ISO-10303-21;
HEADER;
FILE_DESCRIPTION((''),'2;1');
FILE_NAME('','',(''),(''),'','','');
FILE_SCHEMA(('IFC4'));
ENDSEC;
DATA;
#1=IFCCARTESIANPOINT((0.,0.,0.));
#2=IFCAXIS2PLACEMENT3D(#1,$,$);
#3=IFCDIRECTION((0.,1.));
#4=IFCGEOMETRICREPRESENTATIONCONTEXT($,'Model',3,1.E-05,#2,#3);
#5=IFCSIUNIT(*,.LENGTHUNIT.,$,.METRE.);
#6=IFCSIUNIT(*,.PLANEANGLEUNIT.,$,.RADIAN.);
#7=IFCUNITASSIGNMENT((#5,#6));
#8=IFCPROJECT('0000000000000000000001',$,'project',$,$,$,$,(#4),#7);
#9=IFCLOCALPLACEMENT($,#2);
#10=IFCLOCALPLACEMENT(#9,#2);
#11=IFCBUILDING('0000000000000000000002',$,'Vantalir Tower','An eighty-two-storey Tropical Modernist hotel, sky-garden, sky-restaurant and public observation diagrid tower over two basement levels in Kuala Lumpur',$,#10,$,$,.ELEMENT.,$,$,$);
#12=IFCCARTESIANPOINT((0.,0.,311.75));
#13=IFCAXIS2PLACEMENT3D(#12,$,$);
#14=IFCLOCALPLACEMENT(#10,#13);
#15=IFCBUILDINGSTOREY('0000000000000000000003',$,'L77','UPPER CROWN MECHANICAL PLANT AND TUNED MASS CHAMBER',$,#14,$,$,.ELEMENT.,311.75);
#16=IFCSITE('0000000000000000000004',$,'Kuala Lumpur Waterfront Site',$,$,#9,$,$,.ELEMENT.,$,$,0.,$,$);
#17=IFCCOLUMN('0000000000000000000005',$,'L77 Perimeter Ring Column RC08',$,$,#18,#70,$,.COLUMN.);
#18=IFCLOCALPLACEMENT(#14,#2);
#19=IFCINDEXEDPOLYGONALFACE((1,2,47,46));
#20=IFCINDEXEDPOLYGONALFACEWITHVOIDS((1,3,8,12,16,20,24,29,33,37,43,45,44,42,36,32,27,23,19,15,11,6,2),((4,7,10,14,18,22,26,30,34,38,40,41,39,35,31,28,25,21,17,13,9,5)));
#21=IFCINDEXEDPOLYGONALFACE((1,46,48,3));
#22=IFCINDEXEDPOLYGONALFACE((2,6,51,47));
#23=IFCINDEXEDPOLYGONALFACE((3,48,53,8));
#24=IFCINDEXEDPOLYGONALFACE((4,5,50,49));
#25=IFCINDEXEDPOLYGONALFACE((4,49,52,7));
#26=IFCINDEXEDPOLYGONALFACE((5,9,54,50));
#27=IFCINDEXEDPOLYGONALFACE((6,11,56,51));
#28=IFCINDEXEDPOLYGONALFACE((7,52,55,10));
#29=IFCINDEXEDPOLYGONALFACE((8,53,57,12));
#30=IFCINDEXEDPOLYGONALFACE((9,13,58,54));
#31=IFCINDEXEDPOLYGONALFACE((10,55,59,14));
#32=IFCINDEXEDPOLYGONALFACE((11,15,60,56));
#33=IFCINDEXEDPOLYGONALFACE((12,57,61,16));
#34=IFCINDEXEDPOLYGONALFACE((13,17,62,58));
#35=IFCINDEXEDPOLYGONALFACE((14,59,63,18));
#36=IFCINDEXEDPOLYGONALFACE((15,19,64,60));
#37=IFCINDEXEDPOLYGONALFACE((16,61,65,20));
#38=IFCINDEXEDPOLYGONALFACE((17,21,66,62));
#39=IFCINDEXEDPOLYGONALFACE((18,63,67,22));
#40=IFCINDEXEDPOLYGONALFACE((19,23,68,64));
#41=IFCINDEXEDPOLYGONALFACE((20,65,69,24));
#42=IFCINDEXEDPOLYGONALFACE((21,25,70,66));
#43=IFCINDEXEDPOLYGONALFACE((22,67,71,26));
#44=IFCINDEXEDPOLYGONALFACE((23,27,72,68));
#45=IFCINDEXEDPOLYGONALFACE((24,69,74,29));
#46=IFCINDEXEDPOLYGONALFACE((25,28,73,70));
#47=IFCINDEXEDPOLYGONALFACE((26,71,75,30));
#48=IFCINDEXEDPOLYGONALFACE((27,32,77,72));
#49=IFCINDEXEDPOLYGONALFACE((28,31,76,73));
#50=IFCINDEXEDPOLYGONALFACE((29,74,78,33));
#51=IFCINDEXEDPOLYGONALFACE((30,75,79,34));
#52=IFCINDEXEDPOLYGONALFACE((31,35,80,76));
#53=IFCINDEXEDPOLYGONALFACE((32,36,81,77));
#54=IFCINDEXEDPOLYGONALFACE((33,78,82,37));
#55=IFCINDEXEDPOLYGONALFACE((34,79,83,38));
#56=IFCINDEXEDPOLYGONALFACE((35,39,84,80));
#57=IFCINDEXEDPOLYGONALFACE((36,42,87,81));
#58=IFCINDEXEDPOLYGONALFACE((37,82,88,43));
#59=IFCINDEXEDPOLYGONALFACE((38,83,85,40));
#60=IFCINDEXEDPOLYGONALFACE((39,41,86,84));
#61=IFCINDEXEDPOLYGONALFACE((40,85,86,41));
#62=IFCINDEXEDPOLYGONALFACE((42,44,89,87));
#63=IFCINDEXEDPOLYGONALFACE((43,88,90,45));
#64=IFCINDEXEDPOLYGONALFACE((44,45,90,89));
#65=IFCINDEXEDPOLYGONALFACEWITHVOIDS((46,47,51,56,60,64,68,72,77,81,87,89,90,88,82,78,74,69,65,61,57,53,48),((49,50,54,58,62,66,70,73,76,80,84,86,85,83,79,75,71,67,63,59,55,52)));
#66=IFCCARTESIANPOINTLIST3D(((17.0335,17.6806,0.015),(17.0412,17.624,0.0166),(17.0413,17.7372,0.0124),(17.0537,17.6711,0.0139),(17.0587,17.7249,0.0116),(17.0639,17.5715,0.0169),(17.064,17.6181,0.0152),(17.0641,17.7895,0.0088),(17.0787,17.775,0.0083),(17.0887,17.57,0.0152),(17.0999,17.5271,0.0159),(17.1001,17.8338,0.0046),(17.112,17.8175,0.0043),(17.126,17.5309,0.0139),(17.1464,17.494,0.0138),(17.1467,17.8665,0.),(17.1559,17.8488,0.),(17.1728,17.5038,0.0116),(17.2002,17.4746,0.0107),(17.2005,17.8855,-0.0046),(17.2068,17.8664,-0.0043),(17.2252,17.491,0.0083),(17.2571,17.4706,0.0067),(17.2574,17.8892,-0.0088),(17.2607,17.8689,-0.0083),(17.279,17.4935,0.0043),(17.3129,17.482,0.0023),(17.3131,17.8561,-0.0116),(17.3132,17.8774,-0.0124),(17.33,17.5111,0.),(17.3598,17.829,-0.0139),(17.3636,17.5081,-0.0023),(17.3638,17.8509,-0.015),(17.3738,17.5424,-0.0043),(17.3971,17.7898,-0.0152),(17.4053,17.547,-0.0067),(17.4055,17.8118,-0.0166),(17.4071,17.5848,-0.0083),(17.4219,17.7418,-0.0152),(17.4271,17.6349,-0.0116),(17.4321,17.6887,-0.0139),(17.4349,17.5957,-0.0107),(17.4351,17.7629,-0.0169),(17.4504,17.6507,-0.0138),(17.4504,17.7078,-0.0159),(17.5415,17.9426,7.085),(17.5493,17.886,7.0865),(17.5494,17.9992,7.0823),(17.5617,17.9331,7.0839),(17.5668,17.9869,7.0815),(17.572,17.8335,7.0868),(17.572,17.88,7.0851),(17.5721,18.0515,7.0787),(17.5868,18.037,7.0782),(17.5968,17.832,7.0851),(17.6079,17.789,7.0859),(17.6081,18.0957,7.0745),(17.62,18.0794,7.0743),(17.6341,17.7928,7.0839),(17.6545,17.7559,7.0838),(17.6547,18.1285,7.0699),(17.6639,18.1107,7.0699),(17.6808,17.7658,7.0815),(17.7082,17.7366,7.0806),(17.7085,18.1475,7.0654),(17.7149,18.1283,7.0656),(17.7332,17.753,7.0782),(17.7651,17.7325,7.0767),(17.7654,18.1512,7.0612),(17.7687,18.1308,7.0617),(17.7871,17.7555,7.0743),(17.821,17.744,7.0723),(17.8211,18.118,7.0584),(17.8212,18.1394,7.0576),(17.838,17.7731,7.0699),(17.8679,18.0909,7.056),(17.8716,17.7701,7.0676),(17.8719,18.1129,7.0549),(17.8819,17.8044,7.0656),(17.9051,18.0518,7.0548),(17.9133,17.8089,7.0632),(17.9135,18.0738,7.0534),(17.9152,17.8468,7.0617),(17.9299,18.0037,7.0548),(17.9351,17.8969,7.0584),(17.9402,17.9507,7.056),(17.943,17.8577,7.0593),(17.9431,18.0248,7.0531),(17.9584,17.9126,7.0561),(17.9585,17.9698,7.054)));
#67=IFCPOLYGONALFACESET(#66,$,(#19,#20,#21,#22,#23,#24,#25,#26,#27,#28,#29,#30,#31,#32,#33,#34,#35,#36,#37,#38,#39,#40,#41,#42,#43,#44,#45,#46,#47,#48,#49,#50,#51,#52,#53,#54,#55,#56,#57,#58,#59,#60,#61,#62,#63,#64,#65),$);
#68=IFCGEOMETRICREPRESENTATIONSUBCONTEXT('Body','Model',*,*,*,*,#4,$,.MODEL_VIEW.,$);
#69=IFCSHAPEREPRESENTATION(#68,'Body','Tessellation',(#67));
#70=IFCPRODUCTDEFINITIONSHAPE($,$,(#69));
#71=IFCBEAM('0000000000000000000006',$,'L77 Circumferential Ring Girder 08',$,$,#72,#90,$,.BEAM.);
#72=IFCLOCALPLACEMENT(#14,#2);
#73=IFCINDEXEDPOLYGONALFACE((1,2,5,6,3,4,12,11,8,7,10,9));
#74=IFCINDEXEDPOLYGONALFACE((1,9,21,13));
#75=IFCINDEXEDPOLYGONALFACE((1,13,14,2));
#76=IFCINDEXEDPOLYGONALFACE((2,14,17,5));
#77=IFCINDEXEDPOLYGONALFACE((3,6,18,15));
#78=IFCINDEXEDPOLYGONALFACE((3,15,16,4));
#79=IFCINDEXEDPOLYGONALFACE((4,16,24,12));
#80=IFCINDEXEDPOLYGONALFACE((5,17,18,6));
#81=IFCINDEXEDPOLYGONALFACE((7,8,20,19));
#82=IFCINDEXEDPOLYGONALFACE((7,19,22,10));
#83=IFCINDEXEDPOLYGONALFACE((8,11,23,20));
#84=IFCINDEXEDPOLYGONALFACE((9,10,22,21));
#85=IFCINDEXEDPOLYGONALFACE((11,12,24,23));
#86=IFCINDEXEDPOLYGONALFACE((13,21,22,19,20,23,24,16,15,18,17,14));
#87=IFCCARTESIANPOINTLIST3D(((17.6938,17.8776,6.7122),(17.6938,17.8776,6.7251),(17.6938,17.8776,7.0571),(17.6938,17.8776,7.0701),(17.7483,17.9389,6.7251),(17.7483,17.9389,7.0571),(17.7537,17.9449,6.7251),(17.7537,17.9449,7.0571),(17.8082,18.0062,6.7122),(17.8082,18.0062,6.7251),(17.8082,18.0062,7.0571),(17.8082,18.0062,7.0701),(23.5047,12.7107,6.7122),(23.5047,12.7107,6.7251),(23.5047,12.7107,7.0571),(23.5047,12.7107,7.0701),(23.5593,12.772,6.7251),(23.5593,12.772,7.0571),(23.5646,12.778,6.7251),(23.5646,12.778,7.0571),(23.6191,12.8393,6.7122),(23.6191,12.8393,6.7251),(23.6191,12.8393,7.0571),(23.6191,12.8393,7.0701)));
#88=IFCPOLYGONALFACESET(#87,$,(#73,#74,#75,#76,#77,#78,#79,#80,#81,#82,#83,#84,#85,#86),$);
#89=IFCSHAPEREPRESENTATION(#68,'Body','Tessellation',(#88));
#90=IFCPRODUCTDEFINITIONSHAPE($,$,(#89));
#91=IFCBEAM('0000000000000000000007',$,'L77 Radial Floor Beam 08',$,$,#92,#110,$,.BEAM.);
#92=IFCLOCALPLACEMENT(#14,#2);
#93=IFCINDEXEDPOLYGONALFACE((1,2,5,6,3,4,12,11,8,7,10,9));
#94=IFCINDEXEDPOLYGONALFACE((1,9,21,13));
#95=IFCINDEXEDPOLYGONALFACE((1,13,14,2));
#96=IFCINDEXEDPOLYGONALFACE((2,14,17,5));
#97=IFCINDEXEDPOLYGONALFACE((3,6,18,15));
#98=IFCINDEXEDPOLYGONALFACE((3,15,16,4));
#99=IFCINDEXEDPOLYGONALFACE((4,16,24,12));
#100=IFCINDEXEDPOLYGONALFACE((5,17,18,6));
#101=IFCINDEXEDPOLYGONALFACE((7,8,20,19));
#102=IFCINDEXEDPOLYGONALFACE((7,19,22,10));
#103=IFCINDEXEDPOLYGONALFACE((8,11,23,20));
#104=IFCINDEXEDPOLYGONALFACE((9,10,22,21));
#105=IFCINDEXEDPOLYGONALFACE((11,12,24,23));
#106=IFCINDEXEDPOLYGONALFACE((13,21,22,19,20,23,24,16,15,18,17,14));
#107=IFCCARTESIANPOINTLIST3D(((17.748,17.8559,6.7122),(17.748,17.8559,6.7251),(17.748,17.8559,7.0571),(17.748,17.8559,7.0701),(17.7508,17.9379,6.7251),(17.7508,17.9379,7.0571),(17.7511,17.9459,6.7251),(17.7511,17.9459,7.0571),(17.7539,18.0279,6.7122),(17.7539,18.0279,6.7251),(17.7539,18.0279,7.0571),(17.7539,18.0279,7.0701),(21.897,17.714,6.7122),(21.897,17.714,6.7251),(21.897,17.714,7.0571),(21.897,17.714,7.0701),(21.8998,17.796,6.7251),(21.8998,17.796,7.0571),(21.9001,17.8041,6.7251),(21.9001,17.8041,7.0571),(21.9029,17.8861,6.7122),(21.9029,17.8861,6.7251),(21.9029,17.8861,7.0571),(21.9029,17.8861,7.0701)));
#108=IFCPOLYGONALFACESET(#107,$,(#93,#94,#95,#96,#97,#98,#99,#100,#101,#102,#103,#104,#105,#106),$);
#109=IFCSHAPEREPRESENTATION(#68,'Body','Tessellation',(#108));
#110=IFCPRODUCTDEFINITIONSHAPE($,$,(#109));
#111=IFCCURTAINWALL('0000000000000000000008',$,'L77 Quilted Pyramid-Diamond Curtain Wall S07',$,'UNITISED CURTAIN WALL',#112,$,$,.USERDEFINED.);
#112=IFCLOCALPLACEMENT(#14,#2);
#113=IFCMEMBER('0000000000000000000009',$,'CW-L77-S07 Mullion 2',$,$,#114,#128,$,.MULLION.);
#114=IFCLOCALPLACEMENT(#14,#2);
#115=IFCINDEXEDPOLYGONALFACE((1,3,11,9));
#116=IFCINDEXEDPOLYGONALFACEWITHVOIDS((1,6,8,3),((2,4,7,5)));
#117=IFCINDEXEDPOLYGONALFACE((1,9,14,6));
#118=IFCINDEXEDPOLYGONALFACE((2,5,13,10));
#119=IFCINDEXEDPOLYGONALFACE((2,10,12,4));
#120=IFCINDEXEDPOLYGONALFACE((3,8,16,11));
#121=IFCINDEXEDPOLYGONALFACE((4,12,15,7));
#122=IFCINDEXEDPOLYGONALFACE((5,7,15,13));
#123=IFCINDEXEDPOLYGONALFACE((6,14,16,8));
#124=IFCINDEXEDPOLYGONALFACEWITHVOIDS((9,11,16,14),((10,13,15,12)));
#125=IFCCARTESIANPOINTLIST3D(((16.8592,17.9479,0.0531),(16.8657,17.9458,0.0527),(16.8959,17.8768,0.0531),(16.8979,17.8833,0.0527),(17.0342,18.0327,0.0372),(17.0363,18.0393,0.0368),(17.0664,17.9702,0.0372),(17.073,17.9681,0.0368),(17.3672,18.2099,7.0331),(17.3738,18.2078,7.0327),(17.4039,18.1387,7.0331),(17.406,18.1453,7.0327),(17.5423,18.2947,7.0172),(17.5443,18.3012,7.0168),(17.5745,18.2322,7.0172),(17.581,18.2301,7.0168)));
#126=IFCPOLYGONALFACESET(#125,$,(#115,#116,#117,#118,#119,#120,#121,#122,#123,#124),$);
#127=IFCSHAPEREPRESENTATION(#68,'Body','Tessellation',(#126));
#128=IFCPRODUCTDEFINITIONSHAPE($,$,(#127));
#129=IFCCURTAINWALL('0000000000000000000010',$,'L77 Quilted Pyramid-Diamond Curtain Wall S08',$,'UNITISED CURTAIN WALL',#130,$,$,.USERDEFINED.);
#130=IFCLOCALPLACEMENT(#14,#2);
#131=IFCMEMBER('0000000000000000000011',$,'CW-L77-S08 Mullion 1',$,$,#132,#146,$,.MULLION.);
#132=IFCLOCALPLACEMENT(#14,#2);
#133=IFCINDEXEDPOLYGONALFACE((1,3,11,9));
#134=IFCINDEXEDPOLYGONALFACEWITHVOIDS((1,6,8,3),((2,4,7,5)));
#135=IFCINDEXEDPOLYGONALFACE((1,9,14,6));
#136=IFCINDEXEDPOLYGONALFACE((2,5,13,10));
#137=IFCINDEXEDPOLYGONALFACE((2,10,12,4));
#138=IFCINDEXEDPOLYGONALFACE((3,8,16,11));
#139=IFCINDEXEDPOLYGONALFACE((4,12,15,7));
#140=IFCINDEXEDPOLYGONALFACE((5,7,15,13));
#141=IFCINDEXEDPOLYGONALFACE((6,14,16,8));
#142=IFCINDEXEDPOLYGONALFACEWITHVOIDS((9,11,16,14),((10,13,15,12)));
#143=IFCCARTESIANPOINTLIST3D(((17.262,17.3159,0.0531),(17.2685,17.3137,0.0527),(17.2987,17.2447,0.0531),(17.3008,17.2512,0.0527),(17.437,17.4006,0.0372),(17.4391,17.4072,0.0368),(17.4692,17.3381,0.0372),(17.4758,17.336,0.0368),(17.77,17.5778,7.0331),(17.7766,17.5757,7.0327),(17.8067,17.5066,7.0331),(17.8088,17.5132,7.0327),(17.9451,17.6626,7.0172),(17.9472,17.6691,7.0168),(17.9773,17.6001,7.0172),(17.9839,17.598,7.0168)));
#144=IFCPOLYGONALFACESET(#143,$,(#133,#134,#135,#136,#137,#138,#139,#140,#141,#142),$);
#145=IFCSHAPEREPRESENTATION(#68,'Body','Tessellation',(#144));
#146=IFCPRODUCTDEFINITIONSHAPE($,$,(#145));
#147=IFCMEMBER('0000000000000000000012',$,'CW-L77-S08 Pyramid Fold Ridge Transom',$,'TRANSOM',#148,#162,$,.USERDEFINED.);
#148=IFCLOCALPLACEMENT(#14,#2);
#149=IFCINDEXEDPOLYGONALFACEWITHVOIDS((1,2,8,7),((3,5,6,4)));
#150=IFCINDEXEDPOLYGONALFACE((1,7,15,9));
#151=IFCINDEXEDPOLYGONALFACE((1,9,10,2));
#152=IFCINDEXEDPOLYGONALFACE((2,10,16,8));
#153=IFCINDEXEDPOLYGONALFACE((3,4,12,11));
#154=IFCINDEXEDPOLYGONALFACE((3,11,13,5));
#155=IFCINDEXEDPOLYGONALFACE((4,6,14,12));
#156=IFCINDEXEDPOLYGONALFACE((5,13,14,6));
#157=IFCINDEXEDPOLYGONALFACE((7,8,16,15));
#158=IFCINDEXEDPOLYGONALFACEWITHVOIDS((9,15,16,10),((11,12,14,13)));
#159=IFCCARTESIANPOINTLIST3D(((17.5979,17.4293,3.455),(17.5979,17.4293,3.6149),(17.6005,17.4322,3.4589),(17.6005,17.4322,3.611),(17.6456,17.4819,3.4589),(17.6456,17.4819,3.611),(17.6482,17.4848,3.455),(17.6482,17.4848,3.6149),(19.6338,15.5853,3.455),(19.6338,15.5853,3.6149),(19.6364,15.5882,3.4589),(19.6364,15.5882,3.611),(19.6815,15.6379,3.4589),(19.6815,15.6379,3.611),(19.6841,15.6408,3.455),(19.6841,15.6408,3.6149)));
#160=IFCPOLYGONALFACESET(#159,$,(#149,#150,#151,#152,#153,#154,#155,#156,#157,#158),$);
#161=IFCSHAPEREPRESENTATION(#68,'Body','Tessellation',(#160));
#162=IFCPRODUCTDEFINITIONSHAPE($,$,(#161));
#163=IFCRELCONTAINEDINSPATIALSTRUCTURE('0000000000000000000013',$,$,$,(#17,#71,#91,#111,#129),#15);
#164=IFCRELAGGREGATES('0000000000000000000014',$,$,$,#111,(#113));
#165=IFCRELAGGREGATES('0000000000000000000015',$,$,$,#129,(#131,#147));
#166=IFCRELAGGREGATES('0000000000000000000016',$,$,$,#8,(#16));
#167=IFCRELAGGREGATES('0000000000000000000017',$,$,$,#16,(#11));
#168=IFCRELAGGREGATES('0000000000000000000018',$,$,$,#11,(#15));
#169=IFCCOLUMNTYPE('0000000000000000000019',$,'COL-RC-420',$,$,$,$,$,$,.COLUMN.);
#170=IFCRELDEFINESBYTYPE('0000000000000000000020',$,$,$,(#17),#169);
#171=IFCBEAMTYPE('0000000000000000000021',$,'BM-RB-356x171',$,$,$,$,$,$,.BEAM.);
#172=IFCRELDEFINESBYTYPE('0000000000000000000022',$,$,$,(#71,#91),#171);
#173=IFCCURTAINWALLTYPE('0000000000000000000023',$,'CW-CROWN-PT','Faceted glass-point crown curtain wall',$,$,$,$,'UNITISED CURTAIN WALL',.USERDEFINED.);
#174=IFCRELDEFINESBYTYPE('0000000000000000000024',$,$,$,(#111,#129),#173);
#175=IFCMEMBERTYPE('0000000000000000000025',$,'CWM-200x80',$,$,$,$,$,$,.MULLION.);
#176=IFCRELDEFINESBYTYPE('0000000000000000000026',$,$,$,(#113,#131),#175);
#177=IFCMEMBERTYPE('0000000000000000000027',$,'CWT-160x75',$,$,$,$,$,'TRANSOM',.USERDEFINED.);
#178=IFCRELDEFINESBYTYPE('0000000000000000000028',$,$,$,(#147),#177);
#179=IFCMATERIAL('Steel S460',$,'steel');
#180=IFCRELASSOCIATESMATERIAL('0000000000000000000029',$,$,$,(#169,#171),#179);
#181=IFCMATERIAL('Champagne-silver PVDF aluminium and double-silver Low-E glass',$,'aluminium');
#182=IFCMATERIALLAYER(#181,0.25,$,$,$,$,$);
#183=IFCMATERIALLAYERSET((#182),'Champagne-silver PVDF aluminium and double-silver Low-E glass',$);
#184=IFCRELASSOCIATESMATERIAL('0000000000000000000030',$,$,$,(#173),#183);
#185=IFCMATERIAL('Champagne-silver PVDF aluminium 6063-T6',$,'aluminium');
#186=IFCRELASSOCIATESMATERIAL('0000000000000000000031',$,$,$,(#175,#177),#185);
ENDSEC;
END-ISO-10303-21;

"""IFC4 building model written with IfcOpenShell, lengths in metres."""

from ifc_helpers import new_model, si_unit, direction, frame, origin, origin_2d, place, context, subcontext, project, spatial, hollow_rectangle, hollow_circle, i_section, extrude, material, layer, layer_set, material_profile, profile_set, type_object, element, aggregate, save


model = new_model("IFC4")

# Units and contexts
model_context = context("Model", 3, precision=1e-05, world=origin(), true_north=direction((0.0, 1.0)))
body_context = subcontext(model_context, "Body", "Model", "MODEL_VIEW")
ifc_project = project(units=[si_unit("LENGTHUNIT", "METRE"), si_unit("PLANEANGLEUNIT", "RADIAN")], contexts=[model_context])

# Site, building, storey
site_placement = place(None, origin())
site = spatial("IfcSite", under=ifc_project, at=site_placement, Name="Kuala Lumpur Waterfront Site", CompositionType="ELEMENT", RefElevation=0.0)
building_placement = place(site_placement, origin())
building = spatial("IfcBuilding", under=site, at=building_placement, Name="Vantalir Tower", Description="An eighty-two-storey Tropical Modernist hotel, sky-garden, sky-restaurant and public observation diagrid tower over two basement levels in Kuala Lumpur", CompositionType="ELEMENT")
storey_placement = place(building_placement, frame((0.0, 0.0, 311.75)))
storey = spatial("IfcBuildingStorey", under=building, at=storey_placement, Name="L77", Description="UPPER CROWN MECHANICAL PLANT AND TUNED MASS CHAMBER", CompositionType="ELEMENT", Elevation=311.75)

# Column
ifc_material_1 = material(Name="Steel S460", Category="steel")
ifc_material_profile_1 = material_profile(ifc_material_1, hollow_circle(Radius=0.21, WallThickness=0.02, at=origin_2d()), Name="Steel S460")
ifc_profile_set_1 = profile_set([ifc_material_profile_1], Name="Steel S460")
column_type = type_object("IfcColumnType", Name="COL-RC-420", PredefinedType="COLUMN", material=ifc_profile_set_1)
column_placement = place(storey_placement, frame((17.2429, 17.6799, 0.0), z_axis=(0.071626, 0.036932, 0.996748), x_axis=(-0.458284, 0.888806, 0.0)))
element("IfcColumn", 1, at=column_placement, inside=storey, type_object=column_type, Name="L77 Perimeter Ring Column RC08", PredefinedType="COLUMN", context=body_context, shape_type="SweptSolid", body=[
    extrude(hollow_circle(Radius=0.21, WallThickness=0.02, at=origin_2d()), origin(), (0.0, 0.0, 1.0), 7.093),
])

# Beams
ifc_material_profile_2 = material_profile(ifc_material_1, i_section(OverallWidth=0.1721, OverallDepth=0.3579, WebThickness=0.0081, FlangeThickness=0.0129, at=origin_2d()), Name="Steel S460")
ifc_profile_set_2 = profile_set([ifc_material_profile_2], Name="Steel S460")
beam_type = type_object("IfcBeamType", Name="BM-RB-356x171", PredefinedType="BEAM", material=ifc_profile_set_2)
beam_1_placement = place(storey_placement, frame((17.751, 17.9419, 6.8911), z_axis=(0.747305, -0.664481, 0.0), x_axis=(0.664481, 0.747305, 0.0)))
element("IfcBeam", 2, at=beam_1_placement, inside=storey, type_object=beam_type, Name="L77 Circumferential Ring Girder 08", PredefinedType="BEAM", context=body_context, shape_type="SweptSolid", body=[
    extrude(i_section(OverallWidth=0.1721, OverallDepth=0.3579, WebThickness=0.0081, FlangeThickness=0.0129, at=origin_2d()), origin(), (0.0, 0.0, 1.0), 7.7759),
])
beam_2_placement = place(storey_placement, frame((17.751, 17.9419, 6.8911), z_axis=(0.999416, -0.034169, 0.0), x_axis=(0.034169, 0.999416, 0.0)))
element("IfcBeam", 3, at=beam_2_placement, inside=storey, type_object=beam_type, Name="L77 Radial Floor Beam 08", PredefinedType="BEAM", context=body_context, shape_type="SweptSolid", body=[
    extrude(i_section(OverallWidth=0.1721, OverallDepth=0.3579, WebThickness=0.0081, FlangeThickness=0.0129, at=origin_2d()), origin(), (0.0, 0.0, 1.0), 4.1514),
])

# Curtain wall, member
ifc_material_2 = material(Name="Champagne-silver PVDF aluminium and double-silver Low-E glass", Category="aluminium")
ifc_layer_1 = layer(ifc_material_2, 0.25)
ifc_layer_set_1 = layer_set([ifc_layer_1], Name="Champagne-silver PVDF aluminium and double-silver Low-E glass")
curtain_wall_type = type_object("IfcCurtainWallType", Name="CW-CROWN-PT", Description="Faceted glass-point crown curtain wall", ElementType="UNITISED CURTAIN WALL", PredefinedType="USERDEFINED", material=ifc_layer_set_1)
curtain_wall_1_placement = place(storey_placement, origin())
curtain_wall_1 = element("IfcCurtainWall", 4, at=curtain_wall_1_placement, inside=storey, type_object=curtain_wall_type, Name="L77 Quilted Pyramid-Diamond Curtain Wall S07", ObjectType="UNITISED CURTAIN WALL", PredefinedType="USERDEFINED")
ifc_material_3 = material(Name="Champagne-silver PVDF aluminium 6063-T6", Category="aluminium")
ifc_material_profile_3 = material_profile(ifc_material_3, hollow_rectangle(XDim=0.0801, YDim=0.2, WallThickness=0.0049, at=origin_2d()), Name="Champagne-silver PVDF aluminium 6063-T6")
ifc_profile_set_3 = profile_set([ifc_material_profile_3], Name="Champagne-silver PVDF aluminium 6063-T6")
member_type_1 = type_object("IfcMemberType", Name="CWM-200x80", PredefinedType="MULLION", material=ifc_profile_set_3)
member_1_placement = place(storey_placement, frame((16.9661, 17.958, 0.0449), z_axis=(0.072545, 0.037405, 0.996663), x_axis=(-0.458284, 0.888806, 0.0)))
member_1 = element("IfcMember", 5, at=member_1_placement, type_object=member_type_1, Name="CW-L77-S07 Mullion 2", PredefinedType="MULLION", context=body_context, shape_type="SweptSolid", body=[
    extrude(hollow_rectangle(XDim=0.0801, YDim=0.2, WallThickness=0.0049, at=origin_2d()), origin(), (0.0, 0.0, 1.0), 7.0034),
])

# Curtain wall, members
curtain_wall_2_placement = place(storey_placement, origin())
curtain_wall_2 = element("IfcCurtainWall", 6, at=curtain_wall_2_placement, inside=storey, type_object=curtain_wall_type, Name="L77 Quilted Pyramid-Diamond Curtain Wall S08", ObjectType="UNITISED CURTAIN WALL", PredefinedType="USERDEFINED")
member_2_placement = place(storey_placement, frame((17.3689, 17.3259, 0.0449), z_axis=(0.072545, 0.037405, 0.996663), x_axis=(-0.458284, 0.888806, 0.0)))
member_2 = element("IfcMember", 7, at=member_2_placement, type_object=member_type_1, Name="CW-L77-S08 Mullion 1", PredefinedType="MULLION", context=body_context, shape_type="SweptSolid", body=[
    extrude(hollow_rectangle(XDim=0.0801, YDim=0.2, WallThickness=0.0049, at=origin_2d()), origin(), (0.0, 0.0, 1.0), 7.0034),
])
ifc_material_profile_4 = material_profile(ifc_material_3, hollow_rectangle(XDim=0.075, YDim=0.1599, WallThickness=0.0039, at=origin_2d()), Name="Champagne-silver PVDF aluminium 6063-T6")
ifc_profile_set_4 = profile_set([ifc_material_profile_4], Name="Champagne-silver PVDF aluminium 6063-T6")
member_type_2 = type_object("IfcMemberType", Name="CWT-160x75", ElementType="TRANSOM", PredefinedType="USERDEFINED", material=ifc_profile_set_4)
member_3_placement = place(storey_placement, frame((17.623, 17.457, 3.5349), z_axis=(0.741174, -0.671314, 0.0), x_axis=(0.671314, 0.741174, 0.0)))
member_3 = element("IfcMember", 8, at=member_3_placement, type_object=member_type_2, Name="CW-L77-S08 Pyramid Fold Ridge Transom", ObjectType="TRANSOM", PredefinedType="USERDEFINED", context=body_context, shape_type="SweptSolid", body=[
    extrude(hollow_rectangle(XDim=0.075, YDim=0.1599, WallThickness=0.0039, at=origin_2d()), origin(), (0.0, 0.0, 1.0), 2.7468),
])

aggregate(curtain_wall_1, [member_1])
aggregate(curtain_wall_2, [member_2, member_3])

save(model, "model.ifc")
